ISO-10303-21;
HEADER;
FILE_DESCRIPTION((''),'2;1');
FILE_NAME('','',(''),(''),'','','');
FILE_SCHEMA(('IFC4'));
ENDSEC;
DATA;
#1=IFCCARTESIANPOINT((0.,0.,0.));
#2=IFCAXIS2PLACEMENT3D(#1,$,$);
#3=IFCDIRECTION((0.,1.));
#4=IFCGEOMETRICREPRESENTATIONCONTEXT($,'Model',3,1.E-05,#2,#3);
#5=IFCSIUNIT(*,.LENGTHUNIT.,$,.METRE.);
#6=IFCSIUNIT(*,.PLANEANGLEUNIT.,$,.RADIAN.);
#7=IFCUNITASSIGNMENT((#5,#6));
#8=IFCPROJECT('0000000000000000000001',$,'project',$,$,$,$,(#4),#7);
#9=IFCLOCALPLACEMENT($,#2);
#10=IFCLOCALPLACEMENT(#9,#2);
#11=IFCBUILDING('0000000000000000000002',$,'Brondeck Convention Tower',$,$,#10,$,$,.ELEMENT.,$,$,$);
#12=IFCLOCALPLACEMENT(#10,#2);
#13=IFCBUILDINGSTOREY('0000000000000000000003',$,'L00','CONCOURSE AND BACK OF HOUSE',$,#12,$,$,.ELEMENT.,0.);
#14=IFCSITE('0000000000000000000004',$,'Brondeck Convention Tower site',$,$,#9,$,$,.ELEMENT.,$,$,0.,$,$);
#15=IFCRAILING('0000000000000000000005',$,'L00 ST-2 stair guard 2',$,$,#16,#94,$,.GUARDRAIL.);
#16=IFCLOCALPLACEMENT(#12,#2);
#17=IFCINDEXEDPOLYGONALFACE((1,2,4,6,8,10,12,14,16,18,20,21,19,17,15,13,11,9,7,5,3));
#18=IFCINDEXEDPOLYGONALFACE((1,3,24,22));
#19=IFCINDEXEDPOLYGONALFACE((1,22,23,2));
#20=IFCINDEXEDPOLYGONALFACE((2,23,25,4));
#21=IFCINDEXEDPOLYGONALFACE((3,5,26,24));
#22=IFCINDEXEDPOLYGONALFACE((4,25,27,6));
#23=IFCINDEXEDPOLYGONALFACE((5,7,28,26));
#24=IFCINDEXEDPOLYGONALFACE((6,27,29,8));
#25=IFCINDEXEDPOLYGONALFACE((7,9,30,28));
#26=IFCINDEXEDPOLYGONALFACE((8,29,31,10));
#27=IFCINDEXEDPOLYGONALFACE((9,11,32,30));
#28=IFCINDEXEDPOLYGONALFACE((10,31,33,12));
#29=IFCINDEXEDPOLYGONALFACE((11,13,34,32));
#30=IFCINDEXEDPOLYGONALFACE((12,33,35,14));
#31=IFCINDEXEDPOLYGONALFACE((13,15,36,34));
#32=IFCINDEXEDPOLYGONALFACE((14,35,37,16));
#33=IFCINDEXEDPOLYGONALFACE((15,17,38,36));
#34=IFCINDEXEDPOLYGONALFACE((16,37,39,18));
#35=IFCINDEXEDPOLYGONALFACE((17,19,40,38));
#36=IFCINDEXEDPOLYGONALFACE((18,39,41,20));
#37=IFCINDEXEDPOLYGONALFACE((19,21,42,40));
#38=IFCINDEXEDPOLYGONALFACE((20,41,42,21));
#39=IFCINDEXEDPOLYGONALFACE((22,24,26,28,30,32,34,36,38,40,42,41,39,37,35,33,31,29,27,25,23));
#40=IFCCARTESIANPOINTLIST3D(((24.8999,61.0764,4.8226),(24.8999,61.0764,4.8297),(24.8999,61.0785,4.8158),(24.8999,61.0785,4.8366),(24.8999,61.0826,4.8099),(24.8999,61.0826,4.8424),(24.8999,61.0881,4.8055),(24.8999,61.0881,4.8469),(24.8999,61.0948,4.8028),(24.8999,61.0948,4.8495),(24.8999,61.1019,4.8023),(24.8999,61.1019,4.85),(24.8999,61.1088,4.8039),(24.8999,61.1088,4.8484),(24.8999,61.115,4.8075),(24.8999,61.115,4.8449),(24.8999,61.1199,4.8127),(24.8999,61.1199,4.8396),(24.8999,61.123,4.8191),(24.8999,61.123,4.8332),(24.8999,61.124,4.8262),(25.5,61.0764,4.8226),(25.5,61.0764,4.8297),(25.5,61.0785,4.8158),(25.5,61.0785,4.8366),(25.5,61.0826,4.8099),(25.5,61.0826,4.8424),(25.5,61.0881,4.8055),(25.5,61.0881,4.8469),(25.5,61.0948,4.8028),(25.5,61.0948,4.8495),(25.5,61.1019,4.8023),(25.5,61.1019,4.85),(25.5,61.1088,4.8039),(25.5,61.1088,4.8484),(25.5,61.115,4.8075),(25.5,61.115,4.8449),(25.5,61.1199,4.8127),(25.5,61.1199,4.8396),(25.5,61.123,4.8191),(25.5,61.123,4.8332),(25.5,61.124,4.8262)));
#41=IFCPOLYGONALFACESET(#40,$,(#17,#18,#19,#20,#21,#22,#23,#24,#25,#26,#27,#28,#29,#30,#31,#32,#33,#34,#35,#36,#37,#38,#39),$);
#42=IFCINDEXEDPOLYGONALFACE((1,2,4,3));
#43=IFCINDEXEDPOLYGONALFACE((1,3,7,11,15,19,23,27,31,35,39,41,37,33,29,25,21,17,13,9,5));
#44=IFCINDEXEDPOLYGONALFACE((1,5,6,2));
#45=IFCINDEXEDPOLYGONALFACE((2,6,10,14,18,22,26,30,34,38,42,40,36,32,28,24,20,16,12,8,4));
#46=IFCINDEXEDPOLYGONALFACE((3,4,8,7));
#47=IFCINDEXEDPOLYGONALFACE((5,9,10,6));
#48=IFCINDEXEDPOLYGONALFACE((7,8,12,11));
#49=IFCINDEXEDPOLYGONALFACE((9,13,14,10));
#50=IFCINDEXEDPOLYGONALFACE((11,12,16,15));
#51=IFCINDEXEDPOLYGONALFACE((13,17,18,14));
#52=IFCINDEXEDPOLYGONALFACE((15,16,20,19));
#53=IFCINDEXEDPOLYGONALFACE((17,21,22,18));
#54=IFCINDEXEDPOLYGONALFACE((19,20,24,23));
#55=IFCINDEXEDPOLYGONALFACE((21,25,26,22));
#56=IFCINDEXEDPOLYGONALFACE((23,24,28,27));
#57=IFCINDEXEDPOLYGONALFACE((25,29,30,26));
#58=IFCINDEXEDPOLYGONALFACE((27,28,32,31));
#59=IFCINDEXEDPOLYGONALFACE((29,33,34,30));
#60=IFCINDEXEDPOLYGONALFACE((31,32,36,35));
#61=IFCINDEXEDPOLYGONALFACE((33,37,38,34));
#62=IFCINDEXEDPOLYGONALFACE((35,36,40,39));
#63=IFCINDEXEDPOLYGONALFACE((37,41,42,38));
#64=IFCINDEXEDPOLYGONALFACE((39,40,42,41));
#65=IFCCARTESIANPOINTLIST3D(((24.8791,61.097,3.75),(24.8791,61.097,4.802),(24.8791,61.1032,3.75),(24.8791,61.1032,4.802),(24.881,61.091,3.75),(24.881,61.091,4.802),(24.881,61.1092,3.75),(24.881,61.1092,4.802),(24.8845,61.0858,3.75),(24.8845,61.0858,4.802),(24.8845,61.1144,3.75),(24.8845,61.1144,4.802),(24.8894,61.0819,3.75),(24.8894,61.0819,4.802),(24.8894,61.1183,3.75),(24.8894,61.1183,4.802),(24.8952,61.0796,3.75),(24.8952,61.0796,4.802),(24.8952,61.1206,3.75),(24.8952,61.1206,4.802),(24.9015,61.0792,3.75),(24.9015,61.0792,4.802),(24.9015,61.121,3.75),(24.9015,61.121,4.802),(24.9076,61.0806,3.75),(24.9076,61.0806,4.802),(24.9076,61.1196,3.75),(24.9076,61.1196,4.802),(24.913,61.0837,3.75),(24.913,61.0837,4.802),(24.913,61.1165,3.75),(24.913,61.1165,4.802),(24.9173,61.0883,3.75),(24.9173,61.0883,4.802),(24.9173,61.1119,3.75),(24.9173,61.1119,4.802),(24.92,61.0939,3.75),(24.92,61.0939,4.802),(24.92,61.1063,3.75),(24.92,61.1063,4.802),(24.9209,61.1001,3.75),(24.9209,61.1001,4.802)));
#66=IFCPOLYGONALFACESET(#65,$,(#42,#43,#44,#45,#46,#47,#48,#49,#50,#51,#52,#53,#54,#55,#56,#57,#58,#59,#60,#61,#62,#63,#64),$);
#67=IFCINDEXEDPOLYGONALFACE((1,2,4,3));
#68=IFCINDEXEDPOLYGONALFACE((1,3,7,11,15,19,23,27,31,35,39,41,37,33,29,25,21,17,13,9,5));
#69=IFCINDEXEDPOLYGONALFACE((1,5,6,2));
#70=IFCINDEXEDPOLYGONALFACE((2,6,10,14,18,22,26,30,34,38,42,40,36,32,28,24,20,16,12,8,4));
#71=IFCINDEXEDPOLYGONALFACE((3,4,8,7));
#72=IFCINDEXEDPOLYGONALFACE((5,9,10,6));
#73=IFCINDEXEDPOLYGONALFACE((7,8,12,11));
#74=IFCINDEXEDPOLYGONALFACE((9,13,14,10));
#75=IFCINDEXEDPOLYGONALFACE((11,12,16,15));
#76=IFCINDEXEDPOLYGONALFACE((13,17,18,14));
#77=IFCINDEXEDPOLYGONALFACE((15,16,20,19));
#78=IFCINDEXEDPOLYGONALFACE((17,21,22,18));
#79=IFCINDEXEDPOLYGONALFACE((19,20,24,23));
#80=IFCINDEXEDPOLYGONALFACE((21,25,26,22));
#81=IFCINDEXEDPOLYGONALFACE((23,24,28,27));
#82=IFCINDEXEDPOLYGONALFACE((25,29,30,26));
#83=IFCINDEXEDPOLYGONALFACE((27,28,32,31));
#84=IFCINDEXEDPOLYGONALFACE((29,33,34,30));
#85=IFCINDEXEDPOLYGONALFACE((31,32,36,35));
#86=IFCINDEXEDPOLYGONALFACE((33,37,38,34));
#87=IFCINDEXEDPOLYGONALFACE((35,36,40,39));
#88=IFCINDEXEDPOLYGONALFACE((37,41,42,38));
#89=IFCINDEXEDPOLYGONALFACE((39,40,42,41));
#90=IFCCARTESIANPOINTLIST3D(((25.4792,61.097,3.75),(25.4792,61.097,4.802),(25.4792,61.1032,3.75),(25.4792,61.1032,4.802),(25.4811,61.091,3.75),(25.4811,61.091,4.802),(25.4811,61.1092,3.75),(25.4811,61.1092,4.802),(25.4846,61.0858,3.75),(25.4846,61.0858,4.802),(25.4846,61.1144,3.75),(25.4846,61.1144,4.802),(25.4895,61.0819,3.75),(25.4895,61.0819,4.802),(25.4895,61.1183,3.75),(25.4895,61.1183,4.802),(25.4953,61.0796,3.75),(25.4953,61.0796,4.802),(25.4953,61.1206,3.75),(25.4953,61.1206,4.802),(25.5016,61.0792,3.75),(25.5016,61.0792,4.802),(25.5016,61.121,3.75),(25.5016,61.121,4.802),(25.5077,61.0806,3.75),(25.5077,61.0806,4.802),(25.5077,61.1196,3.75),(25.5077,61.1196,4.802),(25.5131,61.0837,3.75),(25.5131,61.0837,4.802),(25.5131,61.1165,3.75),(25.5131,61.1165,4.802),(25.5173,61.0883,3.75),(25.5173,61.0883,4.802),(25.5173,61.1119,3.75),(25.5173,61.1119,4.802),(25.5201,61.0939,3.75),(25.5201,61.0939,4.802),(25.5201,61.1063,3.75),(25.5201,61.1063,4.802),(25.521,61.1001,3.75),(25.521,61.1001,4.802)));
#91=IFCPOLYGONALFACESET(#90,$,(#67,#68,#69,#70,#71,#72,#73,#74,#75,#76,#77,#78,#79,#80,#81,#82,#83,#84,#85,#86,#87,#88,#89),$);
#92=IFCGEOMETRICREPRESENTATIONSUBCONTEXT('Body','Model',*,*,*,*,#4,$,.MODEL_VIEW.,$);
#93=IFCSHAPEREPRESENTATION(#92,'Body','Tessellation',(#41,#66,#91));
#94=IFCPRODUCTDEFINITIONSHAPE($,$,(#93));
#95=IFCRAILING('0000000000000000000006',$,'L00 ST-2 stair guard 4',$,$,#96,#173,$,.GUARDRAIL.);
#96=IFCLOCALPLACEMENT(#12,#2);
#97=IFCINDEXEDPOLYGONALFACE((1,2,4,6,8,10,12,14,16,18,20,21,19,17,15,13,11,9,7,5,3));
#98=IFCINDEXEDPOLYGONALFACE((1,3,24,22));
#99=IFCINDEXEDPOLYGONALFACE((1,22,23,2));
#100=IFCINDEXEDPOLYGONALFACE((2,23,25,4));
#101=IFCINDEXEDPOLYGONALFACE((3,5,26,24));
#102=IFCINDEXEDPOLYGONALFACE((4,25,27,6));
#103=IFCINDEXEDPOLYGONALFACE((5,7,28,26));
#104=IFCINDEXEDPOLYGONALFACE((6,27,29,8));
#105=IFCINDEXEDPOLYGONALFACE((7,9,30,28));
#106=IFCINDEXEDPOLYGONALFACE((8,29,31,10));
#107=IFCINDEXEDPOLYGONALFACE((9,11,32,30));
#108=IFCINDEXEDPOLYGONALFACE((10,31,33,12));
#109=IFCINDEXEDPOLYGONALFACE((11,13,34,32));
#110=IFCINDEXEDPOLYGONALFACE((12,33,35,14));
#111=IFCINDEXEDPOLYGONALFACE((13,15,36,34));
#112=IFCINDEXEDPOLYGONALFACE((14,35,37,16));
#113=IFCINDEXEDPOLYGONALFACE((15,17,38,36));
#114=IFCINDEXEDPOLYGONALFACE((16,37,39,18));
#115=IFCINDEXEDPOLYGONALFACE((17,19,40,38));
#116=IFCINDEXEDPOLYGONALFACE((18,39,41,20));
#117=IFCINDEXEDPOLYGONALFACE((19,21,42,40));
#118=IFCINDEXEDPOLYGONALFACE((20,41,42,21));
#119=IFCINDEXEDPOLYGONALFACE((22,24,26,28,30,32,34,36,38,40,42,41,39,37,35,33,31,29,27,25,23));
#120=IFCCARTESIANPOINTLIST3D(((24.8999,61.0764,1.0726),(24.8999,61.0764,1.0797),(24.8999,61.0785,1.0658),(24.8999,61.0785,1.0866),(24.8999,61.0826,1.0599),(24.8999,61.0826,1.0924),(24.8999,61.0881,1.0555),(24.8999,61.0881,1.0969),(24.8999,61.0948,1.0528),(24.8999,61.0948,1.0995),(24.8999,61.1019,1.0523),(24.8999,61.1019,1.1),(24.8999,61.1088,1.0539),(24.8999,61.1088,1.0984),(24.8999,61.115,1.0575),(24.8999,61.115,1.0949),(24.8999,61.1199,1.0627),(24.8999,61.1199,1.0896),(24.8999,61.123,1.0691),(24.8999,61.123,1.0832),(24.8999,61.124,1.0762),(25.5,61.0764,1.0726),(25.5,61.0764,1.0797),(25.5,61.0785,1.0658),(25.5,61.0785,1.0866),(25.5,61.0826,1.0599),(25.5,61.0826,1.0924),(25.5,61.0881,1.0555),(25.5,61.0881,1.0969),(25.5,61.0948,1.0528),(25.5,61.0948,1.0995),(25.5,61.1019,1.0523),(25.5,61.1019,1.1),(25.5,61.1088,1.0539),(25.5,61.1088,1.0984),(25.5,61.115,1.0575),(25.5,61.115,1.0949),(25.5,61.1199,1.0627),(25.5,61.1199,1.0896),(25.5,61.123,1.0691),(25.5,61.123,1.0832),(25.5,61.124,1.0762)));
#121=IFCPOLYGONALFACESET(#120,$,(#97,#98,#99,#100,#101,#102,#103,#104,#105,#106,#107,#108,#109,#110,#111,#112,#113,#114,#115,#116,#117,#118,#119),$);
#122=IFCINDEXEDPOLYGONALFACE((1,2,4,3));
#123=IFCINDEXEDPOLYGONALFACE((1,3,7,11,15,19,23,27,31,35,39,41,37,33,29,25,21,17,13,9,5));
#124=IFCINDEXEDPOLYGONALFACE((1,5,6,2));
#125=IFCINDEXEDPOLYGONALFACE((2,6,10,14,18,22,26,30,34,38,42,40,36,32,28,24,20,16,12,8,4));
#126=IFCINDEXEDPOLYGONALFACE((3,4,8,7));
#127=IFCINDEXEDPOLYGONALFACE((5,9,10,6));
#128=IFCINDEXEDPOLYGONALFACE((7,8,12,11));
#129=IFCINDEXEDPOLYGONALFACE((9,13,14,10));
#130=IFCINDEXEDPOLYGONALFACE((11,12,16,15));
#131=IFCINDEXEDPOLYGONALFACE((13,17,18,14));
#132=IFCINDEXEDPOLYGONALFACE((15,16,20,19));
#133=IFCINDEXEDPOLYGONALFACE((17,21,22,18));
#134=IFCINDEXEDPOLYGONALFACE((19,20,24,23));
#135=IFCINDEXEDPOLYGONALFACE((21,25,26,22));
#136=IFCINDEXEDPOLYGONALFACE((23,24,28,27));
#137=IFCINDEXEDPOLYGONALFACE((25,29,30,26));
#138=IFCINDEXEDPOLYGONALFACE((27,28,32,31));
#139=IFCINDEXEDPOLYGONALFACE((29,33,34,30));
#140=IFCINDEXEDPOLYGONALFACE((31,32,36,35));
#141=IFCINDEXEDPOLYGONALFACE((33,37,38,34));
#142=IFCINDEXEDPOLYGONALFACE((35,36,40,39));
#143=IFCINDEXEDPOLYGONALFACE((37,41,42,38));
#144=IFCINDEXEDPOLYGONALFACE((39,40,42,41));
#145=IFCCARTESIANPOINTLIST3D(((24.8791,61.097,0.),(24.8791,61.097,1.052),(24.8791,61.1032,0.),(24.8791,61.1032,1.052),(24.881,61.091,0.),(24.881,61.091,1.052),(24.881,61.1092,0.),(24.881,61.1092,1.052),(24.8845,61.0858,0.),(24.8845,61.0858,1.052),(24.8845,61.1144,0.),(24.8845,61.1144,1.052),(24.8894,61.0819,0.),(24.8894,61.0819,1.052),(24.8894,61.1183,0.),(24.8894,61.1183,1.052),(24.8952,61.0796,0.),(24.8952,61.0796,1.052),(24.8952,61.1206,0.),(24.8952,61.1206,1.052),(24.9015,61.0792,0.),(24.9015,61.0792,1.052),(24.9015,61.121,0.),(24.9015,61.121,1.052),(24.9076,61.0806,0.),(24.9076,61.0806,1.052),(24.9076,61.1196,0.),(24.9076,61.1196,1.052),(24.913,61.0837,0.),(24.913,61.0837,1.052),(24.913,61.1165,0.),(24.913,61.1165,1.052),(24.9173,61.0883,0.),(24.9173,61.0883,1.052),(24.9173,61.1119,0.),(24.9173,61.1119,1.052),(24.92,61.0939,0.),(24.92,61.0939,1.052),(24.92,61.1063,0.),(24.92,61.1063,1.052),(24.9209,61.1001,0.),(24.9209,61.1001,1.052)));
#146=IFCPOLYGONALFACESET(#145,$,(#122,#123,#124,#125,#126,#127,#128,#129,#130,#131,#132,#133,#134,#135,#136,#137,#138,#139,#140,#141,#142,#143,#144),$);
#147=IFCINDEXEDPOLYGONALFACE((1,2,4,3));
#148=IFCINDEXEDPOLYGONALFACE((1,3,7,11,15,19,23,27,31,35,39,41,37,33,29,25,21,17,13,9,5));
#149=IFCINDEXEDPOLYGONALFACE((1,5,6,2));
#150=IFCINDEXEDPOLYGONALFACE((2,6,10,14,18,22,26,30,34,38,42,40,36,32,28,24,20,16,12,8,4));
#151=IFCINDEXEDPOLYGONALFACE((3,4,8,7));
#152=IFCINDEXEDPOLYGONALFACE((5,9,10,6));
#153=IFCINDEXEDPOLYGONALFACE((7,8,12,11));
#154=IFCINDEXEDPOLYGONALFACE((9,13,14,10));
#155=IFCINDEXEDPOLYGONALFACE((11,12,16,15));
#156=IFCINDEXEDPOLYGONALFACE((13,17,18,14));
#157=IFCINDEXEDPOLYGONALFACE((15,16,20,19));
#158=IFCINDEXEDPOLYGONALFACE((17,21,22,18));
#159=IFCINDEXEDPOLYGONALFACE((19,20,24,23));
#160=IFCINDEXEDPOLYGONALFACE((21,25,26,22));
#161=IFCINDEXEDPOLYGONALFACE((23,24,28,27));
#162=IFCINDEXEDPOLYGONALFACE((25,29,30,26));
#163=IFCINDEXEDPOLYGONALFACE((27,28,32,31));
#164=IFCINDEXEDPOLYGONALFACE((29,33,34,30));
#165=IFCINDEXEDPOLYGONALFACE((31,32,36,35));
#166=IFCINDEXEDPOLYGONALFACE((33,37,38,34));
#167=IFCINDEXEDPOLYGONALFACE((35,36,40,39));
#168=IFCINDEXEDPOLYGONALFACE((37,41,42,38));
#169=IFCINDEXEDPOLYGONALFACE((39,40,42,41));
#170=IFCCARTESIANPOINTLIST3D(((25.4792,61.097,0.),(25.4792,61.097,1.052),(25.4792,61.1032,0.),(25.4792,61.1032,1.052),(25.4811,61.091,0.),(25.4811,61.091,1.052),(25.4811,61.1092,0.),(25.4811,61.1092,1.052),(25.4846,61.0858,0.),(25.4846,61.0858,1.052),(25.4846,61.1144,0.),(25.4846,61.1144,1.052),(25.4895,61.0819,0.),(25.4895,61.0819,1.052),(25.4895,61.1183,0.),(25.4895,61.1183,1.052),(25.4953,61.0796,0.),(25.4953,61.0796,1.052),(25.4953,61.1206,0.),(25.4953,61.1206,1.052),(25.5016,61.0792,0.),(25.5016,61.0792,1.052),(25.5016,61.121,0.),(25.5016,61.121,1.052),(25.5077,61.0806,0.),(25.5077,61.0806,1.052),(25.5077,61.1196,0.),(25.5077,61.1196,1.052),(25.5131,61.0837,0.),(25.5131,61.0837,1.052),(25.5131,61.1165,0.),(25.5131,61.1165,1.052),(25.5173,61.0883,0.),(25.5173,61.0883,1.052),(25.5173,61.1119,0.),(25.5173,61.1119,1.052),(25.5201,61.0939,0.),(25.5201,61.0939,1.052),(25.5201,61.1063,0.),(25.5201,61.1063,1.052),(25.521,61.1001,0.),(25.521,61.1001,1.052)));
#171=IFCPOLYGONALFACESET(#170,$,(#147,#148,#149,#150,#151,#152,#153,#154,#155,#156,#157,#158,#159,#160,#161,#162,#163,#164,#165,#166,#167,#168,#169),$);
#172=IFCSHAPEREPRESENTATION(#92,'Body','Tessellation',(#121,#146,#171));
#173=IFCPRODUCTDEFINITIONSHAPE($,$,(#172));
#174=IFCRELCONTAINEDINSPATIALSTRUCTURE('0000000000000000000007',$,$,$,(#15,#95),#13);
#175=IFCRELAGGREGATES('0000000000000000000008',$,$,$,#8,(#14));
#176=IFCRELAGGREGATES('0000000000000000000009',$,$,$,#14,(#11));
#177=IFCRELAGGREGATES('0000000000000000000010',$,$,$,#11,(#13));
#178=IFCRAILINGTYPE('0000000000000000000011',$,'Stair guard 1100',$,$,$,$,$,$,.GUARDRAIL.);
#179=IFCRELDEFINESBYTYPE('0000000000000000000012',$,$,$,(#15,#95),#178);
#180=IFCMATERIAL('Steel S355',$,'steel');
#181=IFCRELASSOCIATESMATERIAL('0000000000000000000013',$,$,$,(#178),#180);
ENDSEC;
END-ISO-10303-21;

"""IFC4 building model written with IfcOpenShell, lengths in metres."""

from ifc_helpers import new_model, si_unit, direction, frame, origin, origin_2d, place, context, subcontext, project, spatial, circle, extrude, material, type_object, element, save


model = new_model("IFC4")

# Units and contexts
model_context = context("Model", 3, precision=1e-05, world=origin(), true_north=direction((0.0, 1.0)))
body_context = subcontext(model_context, "Body", "Model", "MODEL_VIEW")
ifc_project = project(units=[si_unit("LENGTHUNIT", "METRE"), si_unit("PLANEANGLEUNIT", "RADIAN")], contexts=[model_context])

# Site, building, storey
site_placement = place(None, origin())
site = spatial("IfcSite", under=ifc_project, at=site_placement, Name="Brondeck Convention Tower site", CompositionType="ELEMENT", RefElevation=0.0)
building_placement = place(site_placement, origin())
building = spatial("IfcBuilding", under=site, at=building_placement, Name="Brondeck Convention Tower", CompositionType="ELEMENT")
storey_placement = place(building_placement, origin())
storey = spatial("IfcBuildingStorey", under=building, at=storey_placement, Name="L00", Description="CONCOURSE AND BACK OF HOUSE", CompositionType="ELEMENT", Elevation=0.0)

# Railings
ifc_material_1 = material(Name="Steel S355", Category="steel")
railing_type_1 = type_object("IfcRailingType", Name="Stair guard 1100", PredefinedType="GUARDRAIL", material=ifc_material_1)
for number, where, name in (
    (1, (24.8999, 61.1001, 3.75), "L00 ST-2 stair guard 2"),
    (2, (24.8999, 61.1001, 0.0), "L00 ST-2 stair guard 4"),
):
    element("IfcRailing", number, at=place(storey_placement, frame(where)), inside=storey, type_object=railing_type_1, Name=name, PredefinedType="GUARDRAIL", context=body_context, shape_type="SweptSolid", body=[
        extrude(circle(Radius=0.0239, at=origin_2d()), frame((0.0, 0.0, 1.0762), z_axis=(1.0, 0.0, 0.0), x_axis=(0.0, 1.0, 0.0)), (0.0, 0.0, 1.0), 0.6001),
        extrude(circle(Radius=0.021, at=origin_2d()), origin(), (0.0, 0.0, 1.0), 1.052),
        extrude(circle(Radius=0.021, at=origin_2d()), frame((0.6001, 0.0, 0.0)), (0.0, 0.0, 1.0), 1.052),
    ])

save(model, "model.ifc")
